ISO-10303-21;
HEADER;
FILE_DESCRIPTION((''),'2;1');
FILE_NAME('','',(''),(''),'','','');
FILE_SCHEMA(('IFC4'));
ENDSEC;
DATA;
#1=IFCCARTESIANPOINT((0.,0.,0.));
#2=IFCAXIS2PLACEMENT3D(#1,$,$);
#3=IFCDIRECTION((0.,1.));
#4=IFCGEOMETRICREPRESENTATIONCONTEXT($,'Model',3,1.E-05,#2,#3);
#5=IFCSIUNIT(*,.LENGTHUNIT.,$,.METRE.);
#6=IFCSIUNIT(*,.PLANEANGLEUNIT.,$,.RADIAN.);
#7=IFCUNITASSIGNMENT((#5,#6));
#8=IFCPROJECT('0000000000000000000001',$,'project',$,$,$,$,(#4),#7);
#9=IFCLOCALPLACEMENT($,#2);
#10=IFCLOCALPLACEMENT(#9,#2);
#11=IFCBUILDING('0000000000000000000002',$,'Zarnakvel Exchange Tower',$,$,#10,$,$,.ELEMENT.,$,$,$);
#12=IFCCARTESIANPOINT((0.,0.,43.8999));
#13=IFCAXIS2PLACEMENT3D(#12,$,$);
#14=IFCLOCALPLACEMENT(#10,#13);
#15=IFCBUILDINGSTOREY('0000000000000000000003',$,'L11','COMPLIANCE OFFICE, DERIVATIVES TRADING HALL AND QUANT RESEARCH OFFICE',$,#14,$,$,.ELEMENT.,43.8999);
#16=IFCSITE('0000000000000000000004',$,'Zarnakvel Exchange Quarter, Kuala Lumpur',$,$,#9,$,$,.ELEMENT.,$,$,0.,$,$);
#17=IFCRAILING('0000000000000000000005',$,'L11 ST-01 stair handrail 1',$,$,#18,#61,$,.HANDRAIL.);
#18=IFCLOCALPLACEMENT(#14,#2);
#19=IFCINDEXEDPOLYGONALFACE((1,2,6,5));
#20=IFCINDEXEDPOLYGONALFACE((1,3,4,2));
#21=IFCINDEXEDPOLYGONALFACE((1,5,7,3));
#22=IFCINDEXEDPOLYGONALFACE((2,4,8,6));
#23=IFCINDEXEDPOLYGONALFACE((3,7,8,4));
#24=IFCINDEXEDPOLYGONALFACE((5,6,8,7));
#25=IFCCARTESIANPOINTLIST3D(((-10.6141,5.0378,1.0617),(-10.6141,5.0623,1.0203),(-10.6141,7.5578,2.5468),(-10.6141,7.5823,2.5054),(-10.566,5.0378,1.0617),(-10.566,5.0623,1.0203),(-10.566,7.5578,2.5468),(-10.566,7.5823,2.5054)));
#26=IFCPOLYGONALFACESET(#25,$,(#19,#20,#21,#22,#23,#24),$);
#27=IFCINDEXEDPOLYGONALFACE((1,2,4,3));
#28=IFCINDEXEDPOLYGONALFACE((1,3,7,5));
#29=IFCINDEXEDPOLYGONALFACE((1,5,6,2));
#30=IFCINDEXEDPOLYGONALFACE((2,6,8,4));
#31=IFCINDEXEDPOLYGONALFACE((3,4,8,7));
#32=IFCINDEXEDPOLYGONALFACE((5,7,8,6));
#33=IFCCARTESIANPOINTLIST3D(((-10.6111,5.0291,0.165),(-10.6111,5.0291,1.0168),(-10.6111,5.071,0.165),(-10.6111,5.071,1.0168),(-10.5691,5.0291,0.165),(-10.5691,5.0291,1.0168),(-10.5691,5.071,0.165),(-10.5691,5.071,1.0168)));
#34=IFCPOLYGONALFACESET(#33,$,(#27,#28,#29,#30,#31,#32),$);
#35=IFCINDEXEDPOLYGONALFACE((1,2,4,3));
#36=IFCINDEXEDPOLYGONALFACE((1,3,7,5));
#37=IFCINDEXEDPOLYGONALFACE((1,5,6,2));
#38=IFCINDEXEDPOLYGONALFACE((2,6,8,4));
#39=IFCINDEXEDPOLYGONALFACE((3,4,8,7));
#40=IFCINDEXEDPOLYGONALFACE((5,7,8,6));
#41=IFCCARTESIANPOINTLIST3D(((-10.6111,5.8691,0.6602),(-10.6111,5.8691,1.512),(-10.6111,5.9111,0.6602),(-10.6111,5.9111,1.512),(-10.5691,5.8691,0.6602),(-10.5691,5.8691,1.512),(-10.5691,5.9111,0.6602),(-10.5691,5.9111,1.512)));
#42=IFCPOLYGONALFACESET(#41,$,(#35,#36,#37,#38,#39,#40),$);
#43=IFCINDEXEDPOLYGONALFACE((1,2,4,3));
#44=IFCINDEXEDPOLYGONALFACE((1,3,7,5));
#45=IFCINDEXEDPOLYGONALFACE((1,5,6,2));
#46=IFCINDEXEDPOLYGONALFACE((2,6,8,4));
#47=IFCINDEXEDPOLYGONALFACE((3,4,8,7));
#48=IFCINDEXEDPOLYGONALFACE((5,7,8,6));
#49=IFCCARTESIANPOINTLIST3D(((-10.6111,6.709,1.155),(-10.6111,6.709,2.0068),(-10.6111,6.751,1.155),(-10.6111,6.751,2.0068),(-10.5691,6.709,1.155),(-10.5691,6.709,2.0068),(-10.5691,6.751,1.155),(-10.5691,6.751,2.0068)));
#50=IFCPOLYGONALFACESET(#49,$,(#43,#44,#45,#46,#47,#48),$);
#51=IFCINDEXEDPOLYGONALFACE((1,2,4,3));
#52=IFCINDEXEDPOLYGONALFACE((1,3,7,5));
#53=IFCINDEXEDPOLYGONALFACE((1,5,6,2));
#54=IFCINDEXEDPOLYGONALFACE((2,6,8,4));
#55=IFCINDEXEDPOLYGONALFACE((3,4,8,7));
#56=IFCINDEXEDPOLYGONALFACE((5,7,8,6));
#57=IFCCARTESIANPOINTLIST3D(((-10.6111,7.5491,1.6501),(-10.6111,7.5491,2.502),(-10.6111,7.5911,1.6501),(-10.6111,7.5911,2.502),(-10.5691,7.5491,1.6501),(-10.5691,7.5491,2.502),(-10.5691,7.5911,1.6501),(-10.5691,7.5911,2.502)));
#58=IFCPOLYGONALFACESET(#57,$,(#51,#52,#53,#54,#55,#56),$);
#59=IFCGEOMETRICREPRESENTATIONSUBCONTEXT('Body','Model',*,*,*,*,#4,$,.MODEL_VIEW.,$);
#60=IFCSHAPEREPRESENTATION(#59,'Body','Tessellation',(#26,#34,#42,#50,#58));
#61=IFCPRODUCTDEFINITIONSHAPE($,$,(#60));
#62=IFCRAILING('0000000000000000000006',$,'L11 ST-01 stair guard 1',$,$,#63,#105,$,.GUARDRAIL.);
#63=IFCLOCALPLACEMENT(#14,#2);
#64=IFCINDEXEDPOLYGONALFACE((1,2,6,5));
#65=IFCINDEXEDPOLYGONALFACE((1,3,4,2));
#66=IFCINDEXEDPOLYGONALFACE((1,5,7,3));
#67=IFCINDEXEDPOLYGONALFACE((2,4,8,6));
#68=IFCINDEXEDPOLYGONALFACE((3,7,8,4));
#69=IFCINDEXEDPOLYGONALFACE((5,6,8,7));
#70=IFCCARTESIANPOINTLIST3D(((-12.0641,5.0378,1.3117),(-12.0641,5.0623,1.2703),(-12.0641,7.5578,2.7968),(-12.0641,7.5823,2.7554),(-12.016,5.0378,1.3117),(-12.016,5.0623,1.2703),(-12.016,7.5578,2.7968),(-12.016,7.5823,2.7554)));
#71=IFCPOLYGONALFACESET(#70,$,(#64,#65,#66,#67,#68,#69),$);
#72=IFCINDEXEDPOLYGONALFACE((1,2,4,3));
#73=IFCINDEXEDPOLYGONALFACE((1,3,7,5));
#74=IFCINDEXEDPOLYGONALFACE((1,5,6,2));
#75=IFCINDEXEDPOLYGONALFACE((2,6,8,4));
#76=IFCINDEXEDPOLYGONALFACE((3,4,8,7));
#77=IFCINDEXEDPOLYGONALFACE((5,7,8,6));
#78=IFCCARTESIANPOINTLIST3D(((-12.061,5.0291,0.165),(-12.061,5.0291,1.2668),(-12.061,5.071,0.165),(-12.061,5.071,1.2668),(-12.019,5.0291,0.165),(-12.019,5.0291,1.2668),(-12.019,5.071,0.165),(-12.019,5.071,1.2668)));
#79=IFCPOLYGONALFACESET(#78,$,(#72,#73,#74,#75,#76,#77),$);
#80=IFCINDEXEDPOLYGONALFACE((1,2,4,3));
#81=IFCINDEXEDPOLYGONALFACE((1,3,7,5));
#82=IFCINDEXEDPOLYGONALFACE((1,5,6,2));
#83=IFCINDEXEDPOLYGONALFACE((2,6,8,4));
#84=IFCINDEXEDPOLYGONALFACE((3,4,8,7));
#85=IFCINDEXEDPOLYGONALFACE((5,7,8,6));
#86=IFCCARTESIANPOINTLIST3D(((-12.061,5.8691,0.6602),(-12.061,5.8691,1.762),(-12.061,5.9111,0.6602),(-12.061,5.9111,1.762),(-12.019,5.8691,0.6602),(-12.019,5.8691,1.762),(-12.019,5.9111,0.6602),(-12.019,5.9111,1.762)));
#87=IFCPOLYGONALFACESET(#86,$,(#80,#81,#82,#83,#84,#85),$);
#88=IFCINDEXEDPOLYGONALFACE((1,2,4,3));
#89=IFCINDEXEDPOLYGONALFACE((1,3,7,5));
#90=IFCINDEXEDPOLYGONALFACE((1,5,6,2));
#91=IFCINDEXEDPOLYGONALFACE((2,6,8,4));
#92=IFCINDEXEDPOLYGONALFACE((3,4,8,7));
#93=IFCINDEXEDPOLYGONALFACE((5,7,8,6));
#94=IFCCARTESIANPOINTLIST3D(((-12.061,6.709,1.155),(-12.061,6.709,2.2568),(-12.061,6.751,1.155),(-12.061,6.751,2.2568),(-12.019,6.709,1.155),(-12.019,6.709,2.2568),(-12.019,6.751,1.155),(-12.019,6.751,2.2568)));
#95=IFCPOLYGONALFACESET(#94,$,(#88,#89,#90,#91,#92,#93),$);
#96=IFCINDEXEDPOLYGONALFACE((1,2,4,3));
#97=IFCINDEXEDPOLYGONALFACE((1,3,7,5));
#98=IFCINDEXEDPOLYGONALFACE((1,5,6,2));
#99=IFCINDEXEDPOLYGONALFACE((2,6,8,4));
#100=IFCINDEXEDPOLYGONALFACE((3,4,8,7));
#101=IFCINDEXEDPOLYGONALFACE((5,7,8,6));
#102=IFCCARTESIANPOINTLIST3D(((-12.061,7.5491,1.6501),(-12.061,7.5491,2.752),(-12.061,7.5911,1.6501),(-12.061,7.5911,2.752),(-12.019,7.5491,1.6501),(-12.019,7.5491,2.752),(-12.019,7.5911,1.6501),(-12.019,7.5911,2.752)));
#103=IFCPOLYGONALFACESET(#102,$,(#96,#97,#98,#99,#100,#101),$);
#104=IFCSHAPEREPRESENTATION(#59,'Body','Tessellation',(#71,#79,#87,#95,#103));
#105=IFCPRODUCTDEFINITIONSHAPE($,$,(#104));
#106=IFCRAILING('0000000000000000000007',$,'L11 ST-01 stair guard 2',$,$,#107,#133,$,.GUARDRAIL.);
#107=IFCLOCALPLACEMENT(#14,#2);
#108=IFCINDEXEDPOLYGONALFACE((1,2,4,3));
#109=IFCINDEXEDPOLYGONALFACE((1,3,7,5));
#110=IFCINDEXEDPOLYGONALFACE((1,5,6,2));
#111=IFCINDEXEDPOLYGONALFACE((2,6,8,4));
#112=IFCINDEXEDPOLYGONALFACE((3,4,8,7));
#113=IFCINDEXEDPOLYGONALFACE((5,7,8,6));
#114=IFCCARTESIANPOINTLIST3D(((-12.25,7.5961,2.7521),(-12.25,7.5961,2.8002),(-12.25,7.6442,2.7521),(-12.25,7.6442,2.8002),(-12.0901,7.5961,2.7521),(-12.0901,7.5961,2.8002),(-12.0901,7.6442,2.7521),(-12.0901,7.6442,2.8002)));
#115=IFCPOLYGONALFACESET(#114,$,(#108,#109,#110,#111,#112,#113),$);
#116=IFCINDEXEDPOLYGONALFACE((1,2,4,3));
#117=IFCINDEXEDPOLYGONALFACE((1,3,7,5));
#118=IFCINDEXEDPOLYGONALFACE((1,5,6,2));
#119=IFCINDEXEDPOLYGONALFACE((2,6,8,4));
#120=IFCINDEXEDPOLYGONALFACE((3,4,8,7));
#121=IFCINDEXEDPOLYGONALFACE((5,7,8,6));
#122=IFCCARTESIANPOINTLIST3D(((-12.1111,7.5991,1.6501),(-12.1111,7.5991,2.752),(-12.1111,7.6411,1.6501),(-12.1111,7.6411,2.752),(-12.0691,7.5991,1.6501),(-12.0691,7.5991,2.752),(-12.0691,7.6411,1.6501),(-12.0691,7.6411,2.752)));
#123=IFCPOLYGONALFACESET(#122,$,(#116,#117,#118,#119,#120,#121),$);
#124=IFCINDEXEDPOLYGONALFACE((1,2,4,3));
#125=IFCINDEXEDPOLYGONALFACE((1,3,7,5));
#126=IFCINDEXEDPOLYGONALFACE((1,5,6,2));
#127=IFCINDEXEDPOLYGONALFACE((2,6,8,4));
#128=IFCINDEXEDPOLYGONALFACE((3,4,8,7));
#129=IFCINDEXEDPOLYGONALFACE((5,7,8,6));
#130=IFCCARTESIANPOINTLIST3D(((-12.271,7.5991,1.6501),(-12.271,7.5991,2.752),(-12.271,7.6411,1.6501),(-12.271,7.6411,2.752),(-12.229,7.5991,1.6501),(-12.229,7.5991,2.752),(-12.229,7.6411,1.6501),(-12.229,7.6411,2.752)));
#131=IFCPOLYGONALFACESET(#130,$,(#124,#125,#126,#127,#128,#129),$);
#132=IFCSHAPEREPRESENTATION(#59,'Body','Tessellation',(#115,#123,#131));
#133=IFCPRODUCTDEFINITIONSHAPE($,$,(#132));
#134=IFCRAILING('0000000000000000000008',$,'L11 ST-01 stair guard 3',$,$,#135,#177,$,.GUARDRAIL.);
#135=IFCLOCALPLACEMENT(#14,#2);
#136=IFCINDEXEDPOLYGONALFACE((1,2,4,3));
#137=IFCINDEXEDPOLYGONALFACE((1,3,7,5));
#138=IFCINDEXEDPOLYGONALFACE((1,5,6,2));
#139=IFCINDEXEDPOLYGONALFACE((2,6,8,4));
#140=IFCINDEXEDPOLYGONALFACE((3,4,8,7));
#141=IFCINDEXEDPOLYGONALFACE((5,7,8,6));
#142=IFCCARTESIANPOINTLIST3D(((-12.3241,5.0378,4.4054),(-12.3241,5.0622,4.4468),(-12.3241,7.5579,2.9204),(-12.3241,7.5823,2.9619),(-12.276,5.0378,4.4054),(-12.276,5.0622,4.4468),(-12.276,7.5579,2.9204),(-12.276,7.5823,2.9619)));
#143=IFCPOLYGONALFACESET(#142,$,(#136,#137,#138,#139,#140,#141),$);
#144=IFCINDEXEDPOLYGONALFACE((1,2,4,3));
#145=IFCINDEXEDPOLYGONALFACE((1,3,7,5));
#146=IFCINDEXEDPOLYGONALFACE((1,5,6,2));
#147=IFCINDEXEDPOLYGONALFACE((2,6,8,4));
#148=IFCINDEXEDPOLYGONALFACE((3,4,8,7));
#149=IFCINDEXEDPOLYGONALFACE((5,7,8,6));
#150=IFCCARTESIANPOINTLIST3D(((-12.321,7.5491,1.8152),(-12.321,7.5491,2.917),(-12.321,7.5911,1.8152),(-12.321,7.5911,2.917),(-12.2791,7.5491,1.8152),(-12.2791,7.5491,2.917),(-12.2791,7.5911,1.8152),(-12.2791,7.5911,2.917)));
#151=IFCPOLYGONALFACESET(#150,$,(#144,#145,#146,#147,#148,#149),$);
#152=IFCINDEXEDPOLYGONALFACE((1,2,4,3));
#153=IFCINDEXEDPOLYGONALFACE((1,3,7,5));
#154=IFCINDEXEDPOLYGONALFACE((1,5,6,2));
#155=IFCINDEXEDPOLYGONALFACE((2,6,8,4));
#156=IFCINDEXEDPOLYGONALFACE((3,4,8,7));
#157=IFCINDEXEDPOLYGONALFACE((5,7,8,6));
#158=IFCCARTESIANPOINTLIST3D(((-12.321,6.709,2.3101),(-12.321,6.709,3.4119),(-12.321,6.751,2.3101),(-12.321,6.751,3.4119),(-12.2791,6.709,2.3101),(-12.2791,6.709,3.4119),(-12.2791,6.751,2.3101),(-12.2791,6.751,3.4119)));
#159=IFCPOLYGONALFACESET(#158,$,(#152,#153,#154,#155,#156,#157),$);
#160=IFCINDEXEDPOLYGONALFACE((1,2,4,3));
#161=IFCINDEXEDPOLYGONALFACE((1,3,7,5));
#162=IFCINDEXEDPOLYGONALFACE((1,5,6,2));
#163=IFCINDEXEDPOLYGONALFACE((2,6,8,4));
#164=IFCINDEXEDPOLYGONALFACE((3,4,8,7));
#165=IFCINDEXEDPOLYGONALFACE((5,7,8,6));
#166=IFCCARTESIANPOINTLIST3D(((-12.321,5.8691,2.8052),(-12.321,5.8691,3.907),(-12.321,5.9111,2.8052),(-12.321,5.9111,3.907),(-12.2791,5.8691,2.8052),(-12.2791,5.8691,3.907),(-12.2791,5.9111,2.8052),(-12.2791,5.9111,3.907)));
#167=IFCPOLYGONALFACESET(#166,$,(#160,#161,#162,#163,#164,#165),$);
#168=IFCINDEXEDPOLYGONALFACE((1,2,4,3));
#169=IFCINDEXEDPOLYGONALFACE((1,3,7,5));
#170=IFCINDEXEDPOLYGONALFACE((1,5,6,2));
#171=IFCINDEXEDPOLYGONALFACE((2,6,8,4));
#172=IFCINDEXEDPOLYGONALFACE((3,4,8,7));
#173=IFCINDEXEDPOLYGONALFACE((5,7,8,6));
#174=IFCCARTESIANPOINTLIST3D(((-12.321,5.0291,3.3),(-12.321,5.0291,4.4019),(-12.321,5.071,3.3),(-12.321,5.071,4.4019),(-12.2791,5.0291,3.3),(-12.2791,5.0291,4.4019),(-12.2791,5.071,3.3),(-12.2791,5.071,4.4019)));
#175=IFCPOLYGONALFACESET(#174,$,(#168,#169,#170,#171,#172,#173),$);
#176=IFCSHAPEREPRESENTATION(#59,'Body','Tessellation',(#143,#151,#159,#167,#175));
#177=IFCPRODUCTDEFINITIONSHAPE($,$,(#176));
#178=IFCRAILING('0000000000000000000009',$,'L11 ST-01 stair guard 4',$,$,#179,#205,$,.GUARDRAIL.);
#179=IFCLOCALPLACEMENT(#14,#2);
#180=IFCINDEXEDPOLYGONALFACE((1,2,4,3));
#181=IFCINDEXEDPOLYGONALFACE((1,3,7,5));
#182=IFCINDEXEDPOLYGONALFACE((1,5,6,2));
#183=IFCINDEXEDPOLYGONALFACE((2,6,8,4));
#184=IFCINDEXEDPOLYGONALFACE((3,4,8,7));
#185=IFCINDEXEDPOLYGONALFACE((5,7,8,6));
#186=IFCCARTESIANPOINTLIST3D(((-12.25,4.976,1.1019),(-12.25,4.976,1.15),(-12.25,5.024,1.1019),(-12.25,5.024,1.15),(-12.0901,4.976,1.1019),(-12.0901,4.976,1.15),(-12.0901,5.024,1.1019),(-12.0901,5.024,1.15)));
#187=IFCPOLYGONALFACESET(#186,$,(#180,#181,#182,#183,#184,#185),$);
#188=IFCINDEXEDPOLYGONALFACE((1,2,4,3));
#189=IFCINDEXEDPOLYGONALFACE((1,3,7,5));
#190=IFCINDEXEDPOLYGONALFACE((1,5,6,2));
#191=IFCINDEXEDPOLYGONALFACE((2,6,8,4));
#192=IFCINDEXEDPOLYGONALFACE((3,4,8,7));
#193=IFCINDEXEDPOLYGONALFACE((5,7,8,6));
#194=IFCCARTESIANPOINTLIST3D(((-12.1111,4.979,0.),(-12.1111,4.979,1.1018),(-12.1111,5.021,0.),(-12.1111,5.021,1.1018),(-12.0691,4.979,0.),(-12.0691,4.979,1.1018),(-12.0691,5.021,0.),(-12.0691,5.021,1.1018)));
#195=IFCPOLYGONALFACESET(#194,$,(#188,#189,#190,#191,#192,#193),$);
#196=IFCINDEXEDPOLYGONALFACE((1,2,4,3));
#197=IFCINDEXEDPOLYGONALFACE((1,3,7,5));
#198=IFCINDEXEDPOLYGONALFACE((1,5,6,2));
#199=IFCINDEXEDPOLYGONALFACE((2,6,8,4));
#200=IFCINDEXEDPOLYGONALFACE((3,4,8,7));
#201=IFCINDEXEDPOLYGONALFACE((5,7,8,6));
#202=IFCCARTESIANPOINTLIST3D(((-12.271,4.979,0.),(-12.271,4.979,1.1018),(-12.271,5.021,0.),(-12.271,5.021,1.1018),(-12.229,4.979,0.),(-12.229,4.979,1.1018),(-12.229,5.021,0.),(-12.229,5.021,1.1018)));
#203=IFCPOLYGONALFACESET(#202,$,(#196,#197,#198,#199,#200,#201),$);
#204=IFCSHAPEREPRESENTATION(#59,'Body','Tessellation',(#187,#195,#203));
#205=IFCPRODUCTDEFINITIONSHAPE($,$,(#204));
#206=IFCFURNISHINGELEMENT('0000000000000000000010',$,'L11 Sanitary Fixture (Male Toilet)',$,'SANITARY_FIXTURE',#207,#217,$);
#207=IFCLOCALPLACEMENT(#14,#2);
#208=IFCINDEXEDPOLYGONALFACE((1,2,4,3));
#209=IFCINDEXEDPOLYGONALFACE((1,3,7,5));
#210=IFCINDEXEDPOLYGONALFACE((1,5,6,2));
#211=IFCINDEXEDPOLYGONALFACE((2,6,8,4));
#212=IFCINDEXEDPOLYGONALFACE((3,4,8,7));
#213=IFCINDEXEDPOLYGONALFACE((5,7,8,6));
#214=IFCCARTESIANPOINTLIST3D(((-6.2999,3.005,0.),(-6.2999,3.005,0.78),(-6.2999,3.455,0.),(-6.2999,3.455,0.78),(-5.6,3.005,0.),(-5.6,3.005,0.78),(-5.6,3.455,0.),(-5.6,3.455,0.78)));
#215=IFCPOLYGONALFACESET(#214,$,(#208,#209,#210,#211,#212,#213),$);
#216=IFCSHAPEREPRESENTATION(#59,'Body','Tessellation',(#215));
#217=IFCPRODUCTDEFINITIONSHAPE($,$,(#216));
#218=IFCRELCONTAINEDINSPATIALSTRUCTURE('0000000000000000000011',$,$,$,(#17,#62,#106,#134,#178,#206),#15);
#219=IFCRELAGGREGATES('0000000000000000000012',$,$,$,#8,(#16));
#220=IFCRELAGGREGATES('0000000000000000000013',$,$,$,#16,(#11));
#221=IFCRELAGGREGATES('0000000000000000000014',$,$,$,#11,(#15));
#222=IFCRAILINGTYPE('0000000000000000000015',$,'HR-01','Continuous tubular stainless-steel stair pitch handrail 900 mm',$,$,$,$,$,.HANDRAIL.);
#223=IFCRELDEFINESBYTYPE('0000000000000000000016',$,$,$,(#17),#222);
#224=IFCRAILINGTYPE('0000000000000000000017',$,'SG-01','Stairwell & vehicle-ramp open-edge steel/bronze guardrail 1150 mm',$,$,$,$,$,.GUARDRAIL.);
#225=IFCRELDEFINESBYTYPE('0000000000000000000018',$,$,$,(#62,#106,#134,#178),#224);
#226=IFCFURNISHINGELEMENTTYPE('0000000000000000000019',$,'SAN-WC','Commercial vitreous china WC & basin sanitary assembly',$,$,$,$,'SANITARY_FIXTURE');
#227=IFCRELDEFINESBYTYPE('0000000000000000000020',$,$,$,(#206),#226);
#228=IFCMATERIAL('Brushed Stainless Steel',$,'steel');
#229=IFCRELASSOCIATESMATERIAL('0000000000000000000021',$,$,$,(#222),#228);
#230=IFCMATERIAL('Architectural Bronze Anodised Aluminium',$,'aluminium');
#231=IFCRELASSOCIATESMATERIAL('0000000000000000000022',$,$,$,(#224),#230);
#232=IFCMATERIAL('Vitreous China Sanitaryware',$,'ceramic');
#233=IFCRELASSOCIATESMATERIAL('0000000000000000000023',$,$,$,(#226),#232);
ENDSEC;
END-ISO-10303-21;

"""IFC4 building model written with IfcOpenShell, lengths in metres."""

from ifc_helpers import new_model, si_unit, direction, frame, origin, origin_2d, place, context, subcontext, project, spatial, rectangle, extrude, source, transform, mapped, material, type_object, element, save


model = new_model("IFC4")

# Units and contexts
model_context = context("Model", 3, precision=1e-05, world=origin(), true_north=direction((0.0, 1.0)))
body_context = subcontext(model_context, "Body", "Model", "MODEL_VIEW")
ifc_project = project(units=[si_unit("LENGTHUNIT", "METRE"), si_unit("PLANEANGLEUNIT", "RADIAN")], contexts=[model_context])

# Site, building, storey
site_placement = place(None, origin())
site = spatial("IfcSite", under=ifc_project, at=site_placement, Name="Zarnakvel Exchange Quarter, Kuala Lumpur", CompositionType="ELEMENT", RefElevation=0.0)
building_placement = place(site_placement, origin())
building = spatial("IfcBuilding", under=site, at=building_placement, Name="Zarnakvel Exchange Tower", CompositionType="ELEMENT")
storey_placement = place(building_placement, frame((0.0, 0.0, 43.8999)))
storey = spatial("IfcBuildingStorey", under=building, at=storey_placement, Name="L11", Description="COMPLIANCE OFFICE, DERIVATIVES TRADING HALL AND QUANT RESEARCH OFFICE", CompositionType="ELEMENT", Elevation=43.8999)

# Shared definitions
ifc_material_1 = material(Name="Brushed Stainless Steel", Category="steel")

# Railings
railing_type_1 = type_object("IfcRailingType", Name="HR-01", Description="Continuous tubular stainless-steel stair pitch handrail 900 mm", PredefinedType="HANDRAIL", material=ifc_material_1)
railing_1_placement = place(storey_placement, frame((-10.5901, 5.05, 0.165)))
element("IfcRailing", 1, at=railing_1_placement, inside=storey, type_object=railing_type_1, Name="L11 ST-01 stair handrail 1", PredefinedType="HANDRAIL", context=body_context, shape_type="SweptSolid", body=[
    extrude(rectangle(XDim=0.0481, YDim=0.0481, at=origin_2d()), frame((0.0, 0.0, 0.876), z_axis=(0.0, 0.861524, 0.507717), x_axis=(-1.0, 0.0, 0.0)), (0.0, 0.0, 1.0), 2.925),
    extrude(rectangle(XDim=0.042, YDim=0.042, at=origin_2d()), origin(), (0.0, 0.0, 1.0), 0.8518),
    extrude(rectangle(XDim=0.042, YDim=0.042, at=origin_2d()), frame((0.0, 0.8401, 0.4951)), (0.0, 0.0, 1.0), 0.8518),
    extrude(rectangle(XDim=0.042, YDim=0.042, at=origin_2d()), frame((0.0, 1.6799, 0.99)), (0.0, 0.0, 1.0), 0.8518),
    extrude(rectangle(XDim=0.042, YDim=0.042, at=origin_2d()), frame((0.0, 2.52, 1.4851)), (0.0, 0.0, 1.0), 0.8518),
])
ifc_material_2 = material(Name="Architectural Bronze Anodised Aluminium", Category="aluminium")
railing_type_2 = type_object("IfcRailingType", Name="SG-01", Description="Stairwell & vehicle-ramp open-edge steel/bronze guardrail 1150 mm", PredefinedType="GUARDRAIL", material=ifc_material_2)
railing_2_placement = place(storey_placement, frame((-12.04, 5.05, 0.165)))
element("IfcRailing", 2, at=railing_2_placement, inside=storey, type_object=railing_type_2, Name="L11 ST-01 stair guard 1", PredefinedType="GUARDRAIL", context=body_context, shape_type="SweptSolid", body=[
    extrude(rectangle(XDim=0.0481, YDim=0.0481, at=origin_2d()), frame((0.0, 0.0, 1.126), z_axis=(0.0, 0.861524, 0.507717), x_axis=(-1.0, 0.0, 0.0)), (0.0, 0.0, 1.0), 2.925),
    extrude(rectangle(XDim=0.042, YDim=0.042, at=origin_2d()), origin(), (0.0, 0.0, 1.0), 1.1018),
    extrude(rectangle(XDim=0.042, YDim=0.042, at=origin_2d()), frame((0.0, 0.8401, 0.4951)), (0.0, 0.0, 1.0), 1.1018),
    extrude(rectangle(XDim=0.042, YDim=0.042, at=origin_2d()), frame((0.0, 1.6799, 0.99)), (0.0, 0.0, 1.0), 1.1018),
    extrude(rectangle(XDim=0.042, YDim=0.042, at=origin_2d()), frame((0.0, 2.52, 1.4851)), (0.0, 0.0, 1.0), 1.1018),
])
railing_3_placement = place(storey_placement, frame((-12.0901, 7.6201, 1.6501)))
element("IfcRailing", 3, at=railing_3_placement, inside=storey, type_object=railing_type_2, Name="L11 ST-01 stair guard 2", PredefinedType="GUARDRAIL", context=body_context, shape_type="SweptSolid", body=[
    extrude(rectangle(XDim=0.0481, YDim=0.0481, at=origin_2d()), frame((0.0, 0.0, 1.126), z_axis=(-1.0, 0.0, 0.0), x_axis=(0.0, -1.0, 0.0)), (0.0, 0.0, 1.0), 0.1599),
    extrude(rectangle(XDim=0.042, YDim=0.042, at=origin_2d()), origin(), (0.0, 0.0, 1.0), 1.1018),
    extrude(rectangle(XDim=0.042, YDim=0.042, at=origin_2d()), frame((-0.1599, 0.0, 0.0)), (0.0, 0.0, 1.0), 1.1018),
])
railing_4_placement = place(storey_placement, frame((-12.3, 7.5701, 1.8152)))
element("IfcRailing", 4, at=railing_4_placement, inside=storey, type_object=railing_type_2, Name="L11 ST-01 stair guard 3", PredefinedType="GUARDRAIL", context=body_context, shape_type="SweptSolid", body=[
    extrude(rectangle(XDim=0.0481, YDim=0.0481, at=origin_2d()), frame((0.0, 0.0, 1.126), z_axis=(0.0, -0.861561, 0.507655), x_axis=(1.0, 0.0, 0.0)), (0.0, 0.0, 1.0), 2.925),
    extrude(rectangle(XDim=0.042, YDim=0.042, at=origin_2d()), origin(), (0.0, 0.0, 1.0), 1.1018),
    extrude(rectangle(XDim=0.042, YDim=0.042, at=origin_2d()), frame((0.0, -0.8401, 0.4949)), (0.0, 0.0, 1.0), 1.1018),
    extrude(rectangle(XDim=0.042, YDim=0.042, at=origin_2d()), frame((0.0, -1.6799, 0.99)), (0.0, 0.0, 1.0), 1.1018),
    extrude(rectangle(XDim=0.042, YDim=0.042, at=origin_2d()), frame((0.0, -2.52, 1.4849)), (0.0, 0.0, 1.0), 1.1018),
])
railing_5_placement = place(storey_placement, frame((-12.0901, 5.0, 0.0)))
element("IfcRailing", 5, at=railing_5_placement, inside=storey, type_object=railing_type_2, Name="L11 ST-01 stair guard 4", PredefinedType="GUARDRAIL", context=body_context, shape_type="SweptSolid", body=[
    extrude(rectangle(XDim=0.0481, YDim=0.0481, at=origin_2d()), frame((0.0, 0.0, 1.126), z_axis=(-1.0, 0.0, 0.0), x_axis=(0.0, -1.0, 0.0)), (0.0, 0.0, 1.0), 0.1599),
    extrude(rectangle(XDim=0.042, YDim=0.042, at=origin_2d()), origin(), (0.0, 0.0, 1.0), 1.1018),
    extrude(rectangle(XDim=0.042, YDim=0.042, at=origin_2d()), frame((-0.1599, 0.0, 0.0)), (0.0, 0.0, 1.0), 1.1018),
])

# Furnishing element
ifc_material_3 = material(Name="Vitreous China Sanitaryware", Category="ceramic")
furnishing_element_type = type_object("IfcFurnishingElementType", Name="SAN-WC", Description="Commercial vitreous china WC & basin sanitary assembly", ElementType="SANITARY_FIXTURE", material=ifc_material_3)
shared_shape_1 = source(origin(), body_context, "Body", "SweptSolid", [
    extrude(rectangle(XDim=0.7, YDim=0.45, at=origin_2d()), origin(), (0.0, 0.0, 1.0), 0.78),
])
furnishing_placement = place(storey_placement, frame((-5.95, 3.23, 0.0), z_axis=(0.0, 0.0, 1.0), x_axis=(1.0, 0.0, 0.0)))
element("IfcFurnishingElement", 6, at=furnishing_placement, inside=storey, type_object=furnishing_element_type, Name="L11 Sanitary Fixture (Male Toilet)", ObjectType="SANITARY_FIXTURE", context=body_context, shape_type="MappedRepresentation", body=[
    mapped(shared_shape_1, transform((0.0, 0.0, 0.0), x_axis=(1.0, 0.0, 0.0), y_axis=(0.0, 1.0, 0.0), z_axis=(0.0, 0.0, 1.0), scale=1.0)),
])

save(model, "model.ifc")
